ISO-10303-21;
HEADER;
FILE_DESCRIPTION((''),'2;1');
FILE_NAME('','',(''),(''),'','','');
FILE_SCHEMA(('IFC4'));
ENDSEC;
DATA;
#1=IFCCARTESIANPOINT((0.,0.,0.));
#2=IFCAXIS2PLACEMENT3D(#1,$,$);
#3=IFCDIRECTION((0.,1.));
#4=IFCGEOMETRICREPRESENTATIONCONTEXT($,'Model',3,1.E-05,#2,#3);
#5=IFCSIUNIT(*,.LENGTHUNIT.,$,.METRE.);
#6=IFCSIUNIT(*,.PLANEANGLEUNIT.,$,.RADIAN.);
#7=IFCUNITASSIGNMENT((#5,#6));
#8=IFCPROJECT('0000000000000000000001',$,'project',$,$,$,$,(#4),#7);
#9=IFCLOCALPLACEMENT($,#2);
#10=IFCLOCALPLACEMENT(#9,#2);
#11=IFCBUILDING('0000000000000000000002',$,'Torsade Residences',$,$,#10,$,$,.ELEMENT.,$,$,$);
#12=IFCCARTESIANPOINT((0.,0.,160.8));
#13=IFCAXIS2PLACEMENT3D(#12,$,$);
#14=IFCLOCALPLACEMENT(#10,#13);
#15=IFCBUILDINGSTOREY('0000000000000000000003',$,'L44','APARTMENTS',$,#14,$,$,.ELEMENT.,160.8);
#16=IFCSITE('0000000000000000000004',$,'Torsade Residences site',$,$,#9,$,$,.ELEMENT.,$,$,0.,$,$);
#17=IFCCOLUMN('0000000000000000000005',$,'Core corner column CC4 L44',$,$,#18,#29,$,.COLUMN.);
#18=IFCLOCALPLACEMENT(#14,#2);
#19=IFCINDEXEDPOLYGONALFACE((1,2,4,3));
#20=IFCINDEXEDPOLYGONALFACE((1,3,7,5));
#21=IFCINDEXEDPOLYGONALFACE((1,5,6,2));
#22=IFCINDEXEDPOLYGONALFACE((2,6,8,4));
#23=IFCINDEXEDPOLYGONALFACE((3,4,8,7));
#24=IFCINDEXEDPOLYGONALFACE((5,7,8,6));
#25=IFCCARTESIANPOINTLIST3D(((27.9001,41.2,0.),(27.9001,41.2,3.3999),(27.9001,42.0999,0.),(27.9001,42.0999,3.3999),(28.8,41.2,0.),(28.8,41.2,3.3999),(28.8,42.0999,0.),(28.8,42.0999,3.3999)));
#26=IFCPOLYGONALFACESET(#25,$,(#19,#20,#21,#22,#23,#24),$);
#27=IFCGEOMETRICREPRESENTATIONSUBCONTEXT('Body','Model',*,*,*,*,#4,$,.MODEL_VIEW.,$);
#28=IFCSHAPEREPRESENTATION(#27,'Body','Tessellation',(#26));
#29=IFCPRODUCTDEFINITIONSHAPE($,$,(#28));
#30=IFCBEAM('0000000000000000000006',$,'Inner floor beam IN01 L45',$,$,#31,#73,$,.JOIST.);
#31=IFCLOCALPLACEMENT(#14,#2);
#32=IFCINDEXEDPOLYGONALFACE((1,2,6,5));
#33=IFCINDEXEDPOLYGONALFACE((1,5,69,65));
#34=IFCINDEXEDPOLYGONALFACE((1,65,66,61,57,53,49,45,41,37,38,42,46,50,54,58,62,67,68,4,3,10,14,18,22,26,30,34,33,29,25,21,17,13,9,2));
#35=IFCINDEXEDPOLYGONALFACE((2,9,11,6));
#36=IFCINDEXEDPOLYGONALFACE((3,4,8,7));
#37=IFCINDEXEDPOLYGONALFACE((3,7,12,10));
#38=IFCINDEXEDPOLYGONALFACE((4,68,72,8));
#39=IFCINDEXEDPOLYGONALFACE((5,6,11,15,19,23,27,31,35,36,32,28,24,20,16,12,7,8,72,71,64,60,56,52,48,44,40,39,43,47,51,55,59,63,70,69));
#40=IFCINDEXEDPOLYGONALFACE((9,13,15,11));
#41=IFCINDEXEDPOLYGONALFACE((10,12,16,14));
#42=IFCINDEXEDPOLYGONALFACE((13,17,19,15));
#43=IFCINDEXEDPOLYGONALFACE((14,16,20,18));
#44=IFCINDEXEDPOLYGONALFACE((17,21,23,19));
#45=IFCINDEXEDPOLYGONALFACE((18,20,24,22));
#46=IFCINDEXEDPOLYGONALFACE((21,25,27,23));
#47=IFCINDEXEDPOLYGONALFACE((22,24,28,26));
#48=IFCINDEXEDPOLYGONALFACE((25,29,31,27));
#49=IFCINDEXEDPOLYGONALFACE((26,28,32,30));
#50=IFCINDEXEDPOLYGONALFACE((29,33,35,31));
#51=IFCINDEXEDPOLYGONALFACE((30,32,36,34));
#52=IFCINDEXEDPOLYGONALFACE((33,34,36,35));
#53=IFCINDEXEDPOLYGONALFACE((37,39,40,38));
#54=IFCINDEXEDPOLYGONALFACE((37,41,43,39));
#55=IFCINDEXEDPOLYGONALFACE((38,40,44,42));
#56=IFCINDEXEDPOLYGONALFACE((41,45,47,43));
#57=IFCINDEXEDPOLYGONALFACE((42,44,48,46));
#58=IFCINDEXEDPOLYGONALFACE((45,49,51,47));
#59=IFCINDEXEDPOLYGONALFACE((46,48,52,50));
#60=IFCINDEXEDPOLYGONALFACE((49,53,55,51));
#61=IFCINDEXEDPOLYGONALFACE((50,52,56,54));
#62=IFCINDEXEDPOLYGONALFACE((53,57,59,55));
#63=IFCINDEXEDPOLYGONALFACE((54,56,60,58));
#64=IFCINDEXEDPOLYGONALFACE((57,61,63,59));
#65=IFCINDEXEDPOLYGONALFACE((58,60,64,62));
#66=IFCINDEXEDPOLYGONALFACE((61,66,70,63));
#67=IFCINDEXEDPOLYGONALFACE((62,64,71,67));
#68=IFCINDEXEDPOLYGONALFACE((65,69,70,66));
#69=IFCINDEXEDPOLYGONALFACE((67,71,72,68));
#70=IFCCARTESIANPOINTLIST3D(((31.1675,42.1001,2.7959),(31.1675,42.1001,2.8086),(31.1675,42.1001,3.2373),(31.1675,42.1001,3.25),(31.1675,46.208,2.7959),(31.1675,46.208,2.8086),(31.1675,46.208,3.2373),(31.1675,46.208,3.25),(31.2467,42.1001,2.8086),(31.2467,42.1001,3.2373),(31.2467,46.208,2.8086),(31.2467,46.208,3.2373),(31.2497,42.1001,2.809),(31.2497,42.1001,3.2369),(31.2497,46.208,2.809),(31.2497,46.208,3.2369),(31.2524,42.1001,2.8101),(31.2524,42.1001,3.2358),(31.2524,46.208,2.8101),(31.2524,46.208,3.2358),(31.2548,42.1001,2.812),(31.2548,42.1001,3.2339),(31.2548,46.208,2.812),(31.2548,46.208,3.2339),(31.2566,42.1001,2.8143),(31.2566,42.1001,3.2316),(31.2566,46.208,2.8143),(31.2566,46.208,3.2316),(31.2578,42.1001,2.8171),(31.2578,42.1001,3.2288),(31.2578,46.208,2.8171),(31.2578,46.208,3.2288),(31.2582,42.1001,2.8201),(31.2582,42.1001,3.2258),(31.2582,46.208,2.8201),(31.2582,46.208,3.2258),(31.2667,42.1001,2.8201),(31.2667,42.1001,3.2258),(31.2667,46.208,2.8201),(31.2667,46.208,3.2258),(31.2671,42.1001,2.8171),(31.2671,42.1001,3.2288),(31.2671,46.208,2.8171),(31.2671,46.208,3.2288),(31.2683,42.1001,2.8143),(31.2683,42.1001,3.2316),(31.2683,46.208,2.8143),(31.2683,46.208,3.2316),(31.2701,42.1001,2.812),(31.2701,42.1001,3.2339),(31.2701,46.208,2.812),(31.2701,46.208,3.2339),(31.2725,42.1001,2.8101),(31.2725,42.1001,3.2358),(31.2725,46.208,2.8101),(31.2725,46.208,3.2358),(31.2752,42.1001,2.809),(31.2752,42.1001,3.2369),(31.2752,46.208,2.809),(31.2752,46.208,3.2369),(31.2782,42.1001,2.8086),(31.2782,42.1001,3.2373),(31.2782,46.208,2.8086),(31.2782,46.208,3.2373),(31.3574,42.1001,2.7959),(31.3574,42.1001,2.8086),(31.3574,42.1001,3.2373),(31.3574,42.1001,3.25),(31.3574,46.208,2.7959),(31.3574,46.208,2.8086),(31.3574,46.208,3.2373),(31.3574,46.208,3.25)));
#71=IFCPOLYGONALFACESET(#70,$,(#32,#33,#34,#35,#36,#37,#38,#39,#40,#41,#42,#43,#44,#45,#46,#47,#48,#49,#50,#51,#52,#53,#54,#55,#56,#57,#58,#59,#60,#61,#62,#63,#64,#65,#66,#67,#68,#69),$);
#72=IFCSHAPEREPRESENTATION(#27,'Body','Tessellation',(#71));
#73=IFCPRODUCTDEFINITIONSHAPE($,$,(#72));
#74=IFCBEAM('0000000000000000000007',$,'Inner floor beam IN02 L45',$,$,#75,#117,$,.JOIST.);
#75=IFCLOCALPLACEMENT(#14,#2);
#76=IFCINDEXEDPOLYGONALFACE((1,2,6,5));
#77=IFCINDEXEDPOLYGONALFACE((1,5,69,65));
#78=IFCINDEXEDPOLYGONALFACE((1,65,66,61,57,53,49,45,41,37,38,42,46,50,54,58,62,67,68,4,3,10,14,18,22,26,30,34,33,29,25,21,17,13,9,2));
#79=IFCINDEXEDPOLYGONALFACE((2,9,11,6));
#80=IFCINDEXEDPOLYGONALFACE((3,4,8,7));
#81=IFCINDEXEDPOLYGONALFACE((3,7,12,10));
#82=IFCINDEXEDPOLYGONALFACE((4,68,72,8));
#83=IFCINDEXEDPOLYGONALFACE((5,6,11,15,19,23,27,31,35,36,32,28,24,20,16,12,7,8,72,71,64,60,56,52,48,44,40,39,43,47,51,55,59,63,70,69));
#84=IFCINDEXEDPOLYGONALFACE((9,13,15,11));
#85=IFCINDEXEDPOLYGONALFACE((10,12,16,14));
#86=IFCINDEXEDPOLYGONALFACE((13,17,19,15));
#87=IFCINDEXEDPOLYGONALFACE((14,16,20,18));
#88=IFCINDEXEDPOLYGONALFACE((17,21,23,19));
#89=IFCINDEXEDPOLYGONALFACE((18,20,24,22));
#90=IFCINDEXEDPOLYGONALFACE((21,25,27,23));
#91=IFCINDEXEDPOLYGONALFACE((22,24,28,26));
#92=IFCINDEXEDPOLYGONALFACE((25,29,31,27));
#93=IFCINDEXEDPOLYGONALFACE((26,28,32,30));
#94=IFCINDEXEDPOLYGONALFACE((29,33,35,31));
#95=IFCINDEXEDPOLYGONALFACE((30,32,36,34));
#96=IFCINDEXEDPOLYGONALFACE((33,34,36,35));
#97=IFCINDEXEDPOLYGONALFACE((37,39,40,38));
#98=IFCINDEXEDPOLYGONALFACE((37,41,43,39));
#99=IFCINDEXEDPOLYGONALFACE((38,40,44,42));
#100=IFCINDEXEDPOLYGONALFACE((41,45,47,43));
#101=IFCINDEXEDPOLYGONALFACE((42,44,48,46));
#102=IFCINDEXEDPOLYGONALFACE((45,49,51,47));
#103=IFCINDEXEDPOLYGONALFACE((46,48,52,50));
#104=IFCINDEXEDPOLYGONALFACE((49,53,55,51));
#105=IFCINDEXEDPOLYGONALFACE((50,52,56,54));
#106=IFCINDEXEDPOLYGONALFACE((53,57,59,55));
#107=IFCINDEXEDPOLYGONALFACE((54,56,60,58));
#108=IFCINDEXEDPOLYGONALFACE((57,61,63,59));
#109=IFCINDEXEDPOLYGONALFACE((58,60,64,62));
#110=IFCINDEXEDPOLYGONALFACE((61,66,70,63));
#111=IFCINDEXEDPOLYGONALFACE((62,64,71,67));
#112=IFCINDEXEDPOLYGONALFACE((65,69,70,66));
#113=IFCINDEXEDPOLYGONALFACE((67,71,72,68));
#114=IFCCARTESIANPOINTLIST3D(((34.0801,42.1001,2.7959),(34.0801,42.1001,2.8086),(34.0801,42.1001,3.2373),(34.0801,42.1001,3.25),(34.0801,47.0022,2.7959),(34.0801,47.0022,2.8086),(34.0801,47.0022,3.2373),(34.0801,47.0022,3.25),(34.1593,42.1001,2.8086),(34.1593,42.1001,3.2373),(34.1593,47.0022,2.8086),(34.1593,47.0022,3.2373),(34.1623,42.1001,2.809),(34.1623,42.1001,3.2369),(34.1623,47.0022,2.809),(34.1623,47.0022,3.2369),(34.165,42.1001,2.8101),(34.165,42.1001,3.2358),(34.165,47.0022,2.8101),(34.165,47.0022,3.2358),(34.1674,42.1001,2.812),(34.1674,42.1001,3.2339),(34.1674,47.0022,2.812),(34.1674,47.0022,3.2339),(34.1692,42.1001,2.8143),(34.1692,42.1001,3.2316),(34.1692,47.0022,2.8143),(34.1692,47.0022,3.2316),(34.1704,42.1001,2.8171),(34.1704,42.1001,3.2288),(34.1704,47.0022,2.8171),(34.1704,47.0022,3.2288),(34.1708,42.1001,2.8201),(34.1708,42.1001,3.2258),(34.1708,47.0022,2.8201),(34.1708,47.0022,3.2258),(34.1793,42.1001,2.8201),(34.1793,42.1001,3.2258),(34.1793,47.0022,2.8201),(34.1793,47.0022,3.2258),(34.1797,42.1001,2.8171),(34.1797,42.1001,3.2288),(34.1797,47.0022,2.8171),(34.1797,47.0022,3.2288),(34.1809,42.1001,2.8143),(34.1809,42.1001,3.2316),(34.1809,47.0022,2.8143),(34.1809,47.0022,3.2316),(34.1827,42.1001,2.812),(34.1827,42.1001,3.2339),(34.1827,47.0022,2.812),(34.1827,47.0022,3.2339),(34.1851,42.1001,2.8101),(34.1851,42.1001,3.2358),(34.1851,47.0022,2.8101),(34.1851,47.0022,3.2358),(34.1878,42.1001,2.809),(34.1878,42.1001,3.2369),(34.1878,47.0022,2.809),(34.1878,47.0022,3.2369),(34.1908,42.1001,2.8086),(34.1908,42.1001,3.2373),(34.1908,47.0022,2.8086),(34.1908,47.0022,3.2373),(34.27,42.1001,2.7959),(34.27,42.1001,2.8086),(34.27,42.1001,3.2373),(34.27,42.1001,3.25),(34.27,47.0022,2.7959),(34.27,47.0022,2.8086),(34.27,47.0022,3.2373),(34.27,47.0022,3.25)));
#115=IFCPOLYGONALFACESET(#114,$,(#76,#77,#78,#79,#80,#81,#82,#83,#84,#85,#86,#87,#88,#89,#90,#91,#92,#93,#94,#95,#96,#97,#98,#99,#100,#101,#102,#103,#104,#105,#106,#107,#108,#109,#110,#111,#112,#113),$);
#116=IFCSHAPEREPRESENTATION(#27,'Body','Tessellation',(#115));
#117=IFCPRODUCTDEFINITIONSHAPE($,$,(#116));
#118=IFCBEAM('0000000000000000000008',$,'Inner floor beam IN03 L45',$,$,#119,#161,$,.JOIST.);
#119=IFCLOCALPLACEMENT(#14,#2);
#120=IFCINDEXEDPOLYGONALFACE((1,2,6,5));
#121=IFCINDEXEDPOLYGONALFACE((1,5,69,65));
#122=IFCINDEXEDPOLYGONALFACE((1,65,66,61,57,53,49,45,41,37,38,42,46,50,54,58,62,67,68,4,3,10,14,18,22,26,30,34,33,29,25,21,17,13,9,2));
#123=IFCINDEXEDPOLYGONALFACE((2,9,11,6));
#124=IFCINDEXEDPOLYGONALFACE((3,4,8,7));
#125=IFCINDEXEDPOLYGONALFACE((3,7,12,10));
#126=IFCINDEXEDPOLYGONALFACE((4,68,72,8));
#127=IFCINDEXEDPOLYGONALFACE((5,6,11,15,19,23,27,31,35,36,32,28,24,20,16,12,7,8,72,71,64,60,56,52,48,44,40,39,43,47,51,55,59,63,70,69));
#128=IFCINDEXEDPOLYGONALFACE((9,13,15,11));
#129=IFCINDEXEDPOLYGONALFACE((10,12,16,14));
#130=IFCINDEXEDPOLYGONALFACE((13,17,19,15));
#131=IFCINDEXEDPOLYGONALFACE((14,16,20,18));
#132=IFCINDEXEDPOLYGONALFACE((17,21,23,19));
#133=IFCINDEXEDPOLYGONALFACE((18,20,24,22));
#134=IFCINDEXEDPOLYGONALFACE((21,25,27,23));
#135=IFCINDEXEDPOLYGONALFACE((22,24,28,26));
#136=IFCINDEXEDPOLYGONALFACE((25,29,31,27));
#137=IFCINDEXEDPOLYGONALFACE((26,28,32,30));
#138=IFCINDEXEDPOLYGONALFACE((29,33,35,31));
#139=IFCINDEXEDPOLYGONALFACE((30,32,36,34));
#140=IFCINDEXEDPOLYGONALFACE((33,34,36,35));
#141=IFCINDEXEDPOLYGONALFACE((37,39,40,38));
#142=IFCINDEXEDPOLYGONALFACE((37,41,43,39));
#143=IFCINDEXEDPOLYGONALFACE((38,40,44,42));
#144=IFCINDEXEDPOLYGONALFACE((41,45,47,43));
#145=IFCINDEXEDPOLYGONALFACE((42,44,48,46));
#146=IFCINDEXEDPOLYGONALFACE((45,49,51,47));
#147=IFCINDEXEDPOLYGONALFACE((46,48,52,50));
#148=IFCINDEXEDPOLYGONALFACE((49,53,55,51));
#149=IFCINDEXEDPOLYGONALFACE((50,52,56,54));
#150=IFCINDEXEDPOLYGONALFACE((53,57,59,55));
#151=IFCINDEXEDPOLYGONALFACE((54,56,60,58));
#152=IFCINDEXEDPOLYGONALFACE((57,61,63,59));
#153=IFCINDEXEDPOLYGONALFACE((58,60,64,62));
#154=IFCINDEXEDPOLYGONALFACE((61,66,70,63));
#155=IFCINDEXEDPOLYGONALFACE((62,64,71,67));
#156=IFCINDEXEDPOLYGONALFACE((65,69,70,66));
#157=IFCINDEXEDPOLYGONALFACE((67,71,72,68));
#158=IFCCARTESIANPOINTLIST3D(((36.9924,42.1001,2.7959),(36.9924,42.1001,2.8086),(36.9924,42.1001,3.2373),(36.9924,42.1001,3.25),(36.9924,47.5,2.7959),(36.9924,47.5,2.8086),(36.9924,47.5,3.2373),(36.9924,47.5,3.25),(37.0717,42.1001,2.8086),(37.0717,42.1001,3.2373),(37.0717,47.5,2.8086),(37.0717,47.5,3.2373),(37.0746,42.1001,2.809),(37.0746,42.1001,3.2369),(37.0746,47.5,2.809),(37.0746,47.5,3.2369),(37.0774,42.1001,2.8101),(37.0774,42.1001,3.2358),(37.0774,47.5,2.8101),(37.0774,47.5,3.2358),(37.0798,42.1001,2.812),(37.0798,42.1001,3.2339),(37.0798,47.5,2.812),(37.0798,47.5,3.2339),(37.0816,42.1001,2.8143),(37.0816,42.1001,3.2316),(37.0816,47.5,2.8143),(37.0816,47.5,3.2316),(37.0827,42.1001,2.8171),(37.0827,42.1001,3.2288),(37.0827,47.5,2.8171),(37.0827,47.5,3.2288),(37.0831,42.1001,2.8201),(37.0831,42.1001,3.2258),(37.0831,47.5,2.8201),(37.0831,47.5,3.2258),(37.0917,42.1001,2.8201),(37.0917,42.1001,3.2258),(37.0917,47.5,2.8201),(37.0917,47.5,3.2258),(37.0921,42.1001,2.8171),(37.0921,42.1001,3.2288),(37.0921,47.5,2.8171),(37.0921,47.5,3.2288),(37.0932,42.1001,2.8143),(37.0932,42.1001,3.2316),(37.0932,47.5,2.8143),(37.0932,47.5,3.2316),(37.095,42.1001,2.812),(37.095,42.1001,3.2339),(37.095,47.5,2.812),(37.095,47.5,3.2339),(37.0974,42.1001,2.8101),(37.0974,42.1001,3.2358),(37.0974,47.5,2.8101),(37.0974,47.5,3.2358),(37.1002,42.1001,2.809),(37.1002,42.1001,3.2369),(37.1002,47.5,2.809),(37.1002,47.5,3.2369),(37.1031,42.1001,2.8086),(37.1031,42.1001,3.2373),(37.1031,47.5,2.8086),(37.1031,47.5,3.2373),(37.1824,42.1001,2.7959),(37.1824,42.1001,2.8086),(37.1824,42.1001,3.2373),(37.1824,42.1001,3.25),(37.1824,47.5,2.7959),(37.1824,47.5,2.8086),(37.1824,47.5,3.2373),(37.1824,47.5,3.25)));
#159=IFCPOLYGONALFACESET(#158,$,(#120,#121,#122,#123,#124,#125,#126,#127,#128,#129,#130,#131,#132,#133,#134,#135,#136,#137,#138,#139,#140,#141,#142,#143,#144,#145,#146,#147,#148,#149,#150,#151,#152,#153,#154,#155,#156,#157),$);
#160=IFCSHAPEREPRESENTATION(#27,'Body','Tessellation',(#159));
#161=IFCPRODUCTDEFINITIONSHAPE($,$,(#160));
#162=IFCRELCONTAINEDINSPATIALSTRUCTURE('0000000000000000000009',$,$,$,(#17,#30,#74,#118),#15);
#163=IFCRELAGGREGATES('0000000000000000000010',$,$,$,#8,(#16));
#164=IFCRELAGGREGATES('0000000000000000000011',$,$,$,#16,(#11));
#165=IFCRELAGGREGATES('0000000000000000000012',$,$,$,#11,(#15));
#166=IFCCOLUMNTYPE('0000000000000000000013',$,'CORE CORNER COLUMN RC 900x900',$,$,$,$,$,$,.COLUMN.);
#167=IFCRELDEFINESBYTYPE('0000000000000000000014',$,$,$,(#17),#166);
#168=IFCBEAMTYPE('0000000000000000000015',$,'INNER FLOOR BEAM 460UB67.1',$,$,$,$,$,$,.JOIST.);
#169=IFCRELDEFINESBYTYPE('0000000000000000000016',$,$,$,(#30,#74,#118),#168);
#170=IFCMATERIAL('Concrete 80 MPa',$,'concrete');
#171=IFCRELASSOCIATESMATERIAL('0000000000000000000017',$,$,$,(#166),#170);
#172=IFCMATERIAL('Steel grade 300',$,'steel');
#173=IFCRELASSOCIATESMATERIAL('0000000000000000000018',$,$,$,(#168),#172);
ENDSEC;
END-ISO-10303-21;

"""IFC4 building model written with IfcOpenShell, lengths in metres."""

from ifc_helpers import new_model, si_unit, direction, frame, origin, origin_2d, place, context, subcontext, project, spatial, rectangle, i_section, extrude, material, material_profile, profile_set, type_object, element, save


model = new_model("IFC4")

# Units and contexts
model_context = context("Model", 3, precision=1e-05, world=origin(), true_north=direction((0.0, 1.0)))
body_context = subcontext(model_context, "Body", "Model", "MODEL_VIEW")
ifc_project = project(units=[si_unit("LENGTHUNIT", "METRE"), si_unit("PLANEANGLEUNIT", "RADIAN")], contexts=[model_context])

# Site, building, storey
site_placement = place(None, origin())
site = spatial("IfcSite", under=ifc_project, at=site_placement, Name="Torsade Residences site", CompositionType="ELEMENT", RefElevation=0.0)
building_placement = place(site_placement, origin())
building = spatial("IfcBuilding", under=site, at=building_placement, Name="Torsade Residences", CompositionType="ELEMENT")
storey_placement = place(building_placement, frame((0.0, 0.0, 160.8)))
storey = spatial("IfcBuildingStorey", under=building, at=storey_placement, Name="L44", Description="APARTMENTS", CompositionType="ELEMENT", Elevation=160.8)

# Column
ifc_material_1 = material(Name="Concrete 80 MPa", Category="concrete")
ifc_material_profile_1 = material_profile(ifc_material_1, rectangle(XDim=0.8999, YDim=0.8999, at=origin_2d()), Name="RC 900x900")
ifc_profile_set_1 = profile_set([ifc_material_profile_1], Name="Concrete 80 MPa")
column_type = type_object("IfcColumnType", Name="CORE CORNER COLUMN RC 900x900", PredefinedType="COLUMN", material=ifc_profile_set_1)
column_placement = place(storey_placement, frame((28.3501, 41.6499, 0.0), z_axis=(0.0, 0.0, 1.0), x_axis=(1.0, 0.0, 0.0)))
element("IfcColumn", 1, at=column_placement, inside=storey, type_object=column_type, Name="Core corner column CC4 L44", PredefinedType="COLUMN", context=body_context, shape_type="SweptSolid", body=[
    extrude(rectangle(XDim=0.8999, YDim=0.8999, at=origin_2d()), origin(), (0.0, 0.0, 1.0), 3.3999),
])

# Beams
ifc_material_2 = material(Name="Steel grade 300", Category="steel")
ifc_material_profile_2 = material_profile(ifc_material_2, i_section(OverallWidth=0.1899, OverallDepth=0.4541, WebThickness=0.0085, FlangeThickness=0.0127, FilletRadius=0.0115, at=origin_2d()), Name="460UB67.1")
ifc_profile_set_2 = profile_set([ifc_material_profile_2], Name="Steel grade 300")
beam_type = type_object("IfcBeamType", Name="INNER FLOOR BEAM 460UB67.1", PredefinedType="JOIST", material=ifc_profile_set_2)
beam_1_placement = place(storey_placement, frame((31.2625, 42.1001, 3.0229), z_axis=(0.0, 1.0, 0.0), x_axis=(-1.0, 0.0, 0.0)))
element("IfcBeam", 2, at=beam_1_placement, inside=storey, type_object=beam_type, Name="Inner floor beam IN01 L45", PredefinedType="JOIST", context=body_context, shape_type="SweptSolid", body=[
    extrude(i_section(OverallWidth=0.1899, OverallDepth=0.4541, WebThickness=0.0085, FlangeThickness=0.0127, FilletRadius=0.0115, at=origin_2d()), origin(), (0.0, 0.0, 1.0), 4.1079),
])
beam_2_placement = place(storey_placement, frame((34.175, 42.1001, 3.0229), z_axis=(0.0, 1.0, 0.0), x_axis=(-1.0, 0.0, 0.0)))
element("IfcBeam", 3, at=beam_2_placement, inside=storey, type_object=beam_type, Name="Inner floor beam IN02 L45", PredefinedType="JOIST", context=body_context, shape_type="SweptSolid", body=[
    extrude(i_section(OverallWidth=0.1899, OverallDepth=0.4541, WebThickness=0.0085, FlangeThickness=0.0127, FilletRadius=0.0115, at=origin_2d()), origin(), (0.0, 0.0, 1.0), 4.9021),
])
beam_3_placement = place(storey_placement, frame((37.0874, 42.1001, 3.0229), z_axis=(0.0, 1.0, 0.0), x_axis=(-1.0, 0.0, 0.0)))
element("IfcBeam", 4, at=beam_3_placement, inside=storey, type_object=beam_type, Name="Inner floor beam IN03 L45", PredefinedType="JOIST", context=body_context, shape_type="SweptSolid", body=[
    extrude(i_section(OverallWidth=0.1899, OverallDepth=0.4541, WebThickness=0.0085, FlangeThickness=0.0127, FilletRadius=0.0115, at=origin_2d()), origin(), (0.0, 0.0, 1.0), 5.3999),
])

save(model, "model.ifc")
